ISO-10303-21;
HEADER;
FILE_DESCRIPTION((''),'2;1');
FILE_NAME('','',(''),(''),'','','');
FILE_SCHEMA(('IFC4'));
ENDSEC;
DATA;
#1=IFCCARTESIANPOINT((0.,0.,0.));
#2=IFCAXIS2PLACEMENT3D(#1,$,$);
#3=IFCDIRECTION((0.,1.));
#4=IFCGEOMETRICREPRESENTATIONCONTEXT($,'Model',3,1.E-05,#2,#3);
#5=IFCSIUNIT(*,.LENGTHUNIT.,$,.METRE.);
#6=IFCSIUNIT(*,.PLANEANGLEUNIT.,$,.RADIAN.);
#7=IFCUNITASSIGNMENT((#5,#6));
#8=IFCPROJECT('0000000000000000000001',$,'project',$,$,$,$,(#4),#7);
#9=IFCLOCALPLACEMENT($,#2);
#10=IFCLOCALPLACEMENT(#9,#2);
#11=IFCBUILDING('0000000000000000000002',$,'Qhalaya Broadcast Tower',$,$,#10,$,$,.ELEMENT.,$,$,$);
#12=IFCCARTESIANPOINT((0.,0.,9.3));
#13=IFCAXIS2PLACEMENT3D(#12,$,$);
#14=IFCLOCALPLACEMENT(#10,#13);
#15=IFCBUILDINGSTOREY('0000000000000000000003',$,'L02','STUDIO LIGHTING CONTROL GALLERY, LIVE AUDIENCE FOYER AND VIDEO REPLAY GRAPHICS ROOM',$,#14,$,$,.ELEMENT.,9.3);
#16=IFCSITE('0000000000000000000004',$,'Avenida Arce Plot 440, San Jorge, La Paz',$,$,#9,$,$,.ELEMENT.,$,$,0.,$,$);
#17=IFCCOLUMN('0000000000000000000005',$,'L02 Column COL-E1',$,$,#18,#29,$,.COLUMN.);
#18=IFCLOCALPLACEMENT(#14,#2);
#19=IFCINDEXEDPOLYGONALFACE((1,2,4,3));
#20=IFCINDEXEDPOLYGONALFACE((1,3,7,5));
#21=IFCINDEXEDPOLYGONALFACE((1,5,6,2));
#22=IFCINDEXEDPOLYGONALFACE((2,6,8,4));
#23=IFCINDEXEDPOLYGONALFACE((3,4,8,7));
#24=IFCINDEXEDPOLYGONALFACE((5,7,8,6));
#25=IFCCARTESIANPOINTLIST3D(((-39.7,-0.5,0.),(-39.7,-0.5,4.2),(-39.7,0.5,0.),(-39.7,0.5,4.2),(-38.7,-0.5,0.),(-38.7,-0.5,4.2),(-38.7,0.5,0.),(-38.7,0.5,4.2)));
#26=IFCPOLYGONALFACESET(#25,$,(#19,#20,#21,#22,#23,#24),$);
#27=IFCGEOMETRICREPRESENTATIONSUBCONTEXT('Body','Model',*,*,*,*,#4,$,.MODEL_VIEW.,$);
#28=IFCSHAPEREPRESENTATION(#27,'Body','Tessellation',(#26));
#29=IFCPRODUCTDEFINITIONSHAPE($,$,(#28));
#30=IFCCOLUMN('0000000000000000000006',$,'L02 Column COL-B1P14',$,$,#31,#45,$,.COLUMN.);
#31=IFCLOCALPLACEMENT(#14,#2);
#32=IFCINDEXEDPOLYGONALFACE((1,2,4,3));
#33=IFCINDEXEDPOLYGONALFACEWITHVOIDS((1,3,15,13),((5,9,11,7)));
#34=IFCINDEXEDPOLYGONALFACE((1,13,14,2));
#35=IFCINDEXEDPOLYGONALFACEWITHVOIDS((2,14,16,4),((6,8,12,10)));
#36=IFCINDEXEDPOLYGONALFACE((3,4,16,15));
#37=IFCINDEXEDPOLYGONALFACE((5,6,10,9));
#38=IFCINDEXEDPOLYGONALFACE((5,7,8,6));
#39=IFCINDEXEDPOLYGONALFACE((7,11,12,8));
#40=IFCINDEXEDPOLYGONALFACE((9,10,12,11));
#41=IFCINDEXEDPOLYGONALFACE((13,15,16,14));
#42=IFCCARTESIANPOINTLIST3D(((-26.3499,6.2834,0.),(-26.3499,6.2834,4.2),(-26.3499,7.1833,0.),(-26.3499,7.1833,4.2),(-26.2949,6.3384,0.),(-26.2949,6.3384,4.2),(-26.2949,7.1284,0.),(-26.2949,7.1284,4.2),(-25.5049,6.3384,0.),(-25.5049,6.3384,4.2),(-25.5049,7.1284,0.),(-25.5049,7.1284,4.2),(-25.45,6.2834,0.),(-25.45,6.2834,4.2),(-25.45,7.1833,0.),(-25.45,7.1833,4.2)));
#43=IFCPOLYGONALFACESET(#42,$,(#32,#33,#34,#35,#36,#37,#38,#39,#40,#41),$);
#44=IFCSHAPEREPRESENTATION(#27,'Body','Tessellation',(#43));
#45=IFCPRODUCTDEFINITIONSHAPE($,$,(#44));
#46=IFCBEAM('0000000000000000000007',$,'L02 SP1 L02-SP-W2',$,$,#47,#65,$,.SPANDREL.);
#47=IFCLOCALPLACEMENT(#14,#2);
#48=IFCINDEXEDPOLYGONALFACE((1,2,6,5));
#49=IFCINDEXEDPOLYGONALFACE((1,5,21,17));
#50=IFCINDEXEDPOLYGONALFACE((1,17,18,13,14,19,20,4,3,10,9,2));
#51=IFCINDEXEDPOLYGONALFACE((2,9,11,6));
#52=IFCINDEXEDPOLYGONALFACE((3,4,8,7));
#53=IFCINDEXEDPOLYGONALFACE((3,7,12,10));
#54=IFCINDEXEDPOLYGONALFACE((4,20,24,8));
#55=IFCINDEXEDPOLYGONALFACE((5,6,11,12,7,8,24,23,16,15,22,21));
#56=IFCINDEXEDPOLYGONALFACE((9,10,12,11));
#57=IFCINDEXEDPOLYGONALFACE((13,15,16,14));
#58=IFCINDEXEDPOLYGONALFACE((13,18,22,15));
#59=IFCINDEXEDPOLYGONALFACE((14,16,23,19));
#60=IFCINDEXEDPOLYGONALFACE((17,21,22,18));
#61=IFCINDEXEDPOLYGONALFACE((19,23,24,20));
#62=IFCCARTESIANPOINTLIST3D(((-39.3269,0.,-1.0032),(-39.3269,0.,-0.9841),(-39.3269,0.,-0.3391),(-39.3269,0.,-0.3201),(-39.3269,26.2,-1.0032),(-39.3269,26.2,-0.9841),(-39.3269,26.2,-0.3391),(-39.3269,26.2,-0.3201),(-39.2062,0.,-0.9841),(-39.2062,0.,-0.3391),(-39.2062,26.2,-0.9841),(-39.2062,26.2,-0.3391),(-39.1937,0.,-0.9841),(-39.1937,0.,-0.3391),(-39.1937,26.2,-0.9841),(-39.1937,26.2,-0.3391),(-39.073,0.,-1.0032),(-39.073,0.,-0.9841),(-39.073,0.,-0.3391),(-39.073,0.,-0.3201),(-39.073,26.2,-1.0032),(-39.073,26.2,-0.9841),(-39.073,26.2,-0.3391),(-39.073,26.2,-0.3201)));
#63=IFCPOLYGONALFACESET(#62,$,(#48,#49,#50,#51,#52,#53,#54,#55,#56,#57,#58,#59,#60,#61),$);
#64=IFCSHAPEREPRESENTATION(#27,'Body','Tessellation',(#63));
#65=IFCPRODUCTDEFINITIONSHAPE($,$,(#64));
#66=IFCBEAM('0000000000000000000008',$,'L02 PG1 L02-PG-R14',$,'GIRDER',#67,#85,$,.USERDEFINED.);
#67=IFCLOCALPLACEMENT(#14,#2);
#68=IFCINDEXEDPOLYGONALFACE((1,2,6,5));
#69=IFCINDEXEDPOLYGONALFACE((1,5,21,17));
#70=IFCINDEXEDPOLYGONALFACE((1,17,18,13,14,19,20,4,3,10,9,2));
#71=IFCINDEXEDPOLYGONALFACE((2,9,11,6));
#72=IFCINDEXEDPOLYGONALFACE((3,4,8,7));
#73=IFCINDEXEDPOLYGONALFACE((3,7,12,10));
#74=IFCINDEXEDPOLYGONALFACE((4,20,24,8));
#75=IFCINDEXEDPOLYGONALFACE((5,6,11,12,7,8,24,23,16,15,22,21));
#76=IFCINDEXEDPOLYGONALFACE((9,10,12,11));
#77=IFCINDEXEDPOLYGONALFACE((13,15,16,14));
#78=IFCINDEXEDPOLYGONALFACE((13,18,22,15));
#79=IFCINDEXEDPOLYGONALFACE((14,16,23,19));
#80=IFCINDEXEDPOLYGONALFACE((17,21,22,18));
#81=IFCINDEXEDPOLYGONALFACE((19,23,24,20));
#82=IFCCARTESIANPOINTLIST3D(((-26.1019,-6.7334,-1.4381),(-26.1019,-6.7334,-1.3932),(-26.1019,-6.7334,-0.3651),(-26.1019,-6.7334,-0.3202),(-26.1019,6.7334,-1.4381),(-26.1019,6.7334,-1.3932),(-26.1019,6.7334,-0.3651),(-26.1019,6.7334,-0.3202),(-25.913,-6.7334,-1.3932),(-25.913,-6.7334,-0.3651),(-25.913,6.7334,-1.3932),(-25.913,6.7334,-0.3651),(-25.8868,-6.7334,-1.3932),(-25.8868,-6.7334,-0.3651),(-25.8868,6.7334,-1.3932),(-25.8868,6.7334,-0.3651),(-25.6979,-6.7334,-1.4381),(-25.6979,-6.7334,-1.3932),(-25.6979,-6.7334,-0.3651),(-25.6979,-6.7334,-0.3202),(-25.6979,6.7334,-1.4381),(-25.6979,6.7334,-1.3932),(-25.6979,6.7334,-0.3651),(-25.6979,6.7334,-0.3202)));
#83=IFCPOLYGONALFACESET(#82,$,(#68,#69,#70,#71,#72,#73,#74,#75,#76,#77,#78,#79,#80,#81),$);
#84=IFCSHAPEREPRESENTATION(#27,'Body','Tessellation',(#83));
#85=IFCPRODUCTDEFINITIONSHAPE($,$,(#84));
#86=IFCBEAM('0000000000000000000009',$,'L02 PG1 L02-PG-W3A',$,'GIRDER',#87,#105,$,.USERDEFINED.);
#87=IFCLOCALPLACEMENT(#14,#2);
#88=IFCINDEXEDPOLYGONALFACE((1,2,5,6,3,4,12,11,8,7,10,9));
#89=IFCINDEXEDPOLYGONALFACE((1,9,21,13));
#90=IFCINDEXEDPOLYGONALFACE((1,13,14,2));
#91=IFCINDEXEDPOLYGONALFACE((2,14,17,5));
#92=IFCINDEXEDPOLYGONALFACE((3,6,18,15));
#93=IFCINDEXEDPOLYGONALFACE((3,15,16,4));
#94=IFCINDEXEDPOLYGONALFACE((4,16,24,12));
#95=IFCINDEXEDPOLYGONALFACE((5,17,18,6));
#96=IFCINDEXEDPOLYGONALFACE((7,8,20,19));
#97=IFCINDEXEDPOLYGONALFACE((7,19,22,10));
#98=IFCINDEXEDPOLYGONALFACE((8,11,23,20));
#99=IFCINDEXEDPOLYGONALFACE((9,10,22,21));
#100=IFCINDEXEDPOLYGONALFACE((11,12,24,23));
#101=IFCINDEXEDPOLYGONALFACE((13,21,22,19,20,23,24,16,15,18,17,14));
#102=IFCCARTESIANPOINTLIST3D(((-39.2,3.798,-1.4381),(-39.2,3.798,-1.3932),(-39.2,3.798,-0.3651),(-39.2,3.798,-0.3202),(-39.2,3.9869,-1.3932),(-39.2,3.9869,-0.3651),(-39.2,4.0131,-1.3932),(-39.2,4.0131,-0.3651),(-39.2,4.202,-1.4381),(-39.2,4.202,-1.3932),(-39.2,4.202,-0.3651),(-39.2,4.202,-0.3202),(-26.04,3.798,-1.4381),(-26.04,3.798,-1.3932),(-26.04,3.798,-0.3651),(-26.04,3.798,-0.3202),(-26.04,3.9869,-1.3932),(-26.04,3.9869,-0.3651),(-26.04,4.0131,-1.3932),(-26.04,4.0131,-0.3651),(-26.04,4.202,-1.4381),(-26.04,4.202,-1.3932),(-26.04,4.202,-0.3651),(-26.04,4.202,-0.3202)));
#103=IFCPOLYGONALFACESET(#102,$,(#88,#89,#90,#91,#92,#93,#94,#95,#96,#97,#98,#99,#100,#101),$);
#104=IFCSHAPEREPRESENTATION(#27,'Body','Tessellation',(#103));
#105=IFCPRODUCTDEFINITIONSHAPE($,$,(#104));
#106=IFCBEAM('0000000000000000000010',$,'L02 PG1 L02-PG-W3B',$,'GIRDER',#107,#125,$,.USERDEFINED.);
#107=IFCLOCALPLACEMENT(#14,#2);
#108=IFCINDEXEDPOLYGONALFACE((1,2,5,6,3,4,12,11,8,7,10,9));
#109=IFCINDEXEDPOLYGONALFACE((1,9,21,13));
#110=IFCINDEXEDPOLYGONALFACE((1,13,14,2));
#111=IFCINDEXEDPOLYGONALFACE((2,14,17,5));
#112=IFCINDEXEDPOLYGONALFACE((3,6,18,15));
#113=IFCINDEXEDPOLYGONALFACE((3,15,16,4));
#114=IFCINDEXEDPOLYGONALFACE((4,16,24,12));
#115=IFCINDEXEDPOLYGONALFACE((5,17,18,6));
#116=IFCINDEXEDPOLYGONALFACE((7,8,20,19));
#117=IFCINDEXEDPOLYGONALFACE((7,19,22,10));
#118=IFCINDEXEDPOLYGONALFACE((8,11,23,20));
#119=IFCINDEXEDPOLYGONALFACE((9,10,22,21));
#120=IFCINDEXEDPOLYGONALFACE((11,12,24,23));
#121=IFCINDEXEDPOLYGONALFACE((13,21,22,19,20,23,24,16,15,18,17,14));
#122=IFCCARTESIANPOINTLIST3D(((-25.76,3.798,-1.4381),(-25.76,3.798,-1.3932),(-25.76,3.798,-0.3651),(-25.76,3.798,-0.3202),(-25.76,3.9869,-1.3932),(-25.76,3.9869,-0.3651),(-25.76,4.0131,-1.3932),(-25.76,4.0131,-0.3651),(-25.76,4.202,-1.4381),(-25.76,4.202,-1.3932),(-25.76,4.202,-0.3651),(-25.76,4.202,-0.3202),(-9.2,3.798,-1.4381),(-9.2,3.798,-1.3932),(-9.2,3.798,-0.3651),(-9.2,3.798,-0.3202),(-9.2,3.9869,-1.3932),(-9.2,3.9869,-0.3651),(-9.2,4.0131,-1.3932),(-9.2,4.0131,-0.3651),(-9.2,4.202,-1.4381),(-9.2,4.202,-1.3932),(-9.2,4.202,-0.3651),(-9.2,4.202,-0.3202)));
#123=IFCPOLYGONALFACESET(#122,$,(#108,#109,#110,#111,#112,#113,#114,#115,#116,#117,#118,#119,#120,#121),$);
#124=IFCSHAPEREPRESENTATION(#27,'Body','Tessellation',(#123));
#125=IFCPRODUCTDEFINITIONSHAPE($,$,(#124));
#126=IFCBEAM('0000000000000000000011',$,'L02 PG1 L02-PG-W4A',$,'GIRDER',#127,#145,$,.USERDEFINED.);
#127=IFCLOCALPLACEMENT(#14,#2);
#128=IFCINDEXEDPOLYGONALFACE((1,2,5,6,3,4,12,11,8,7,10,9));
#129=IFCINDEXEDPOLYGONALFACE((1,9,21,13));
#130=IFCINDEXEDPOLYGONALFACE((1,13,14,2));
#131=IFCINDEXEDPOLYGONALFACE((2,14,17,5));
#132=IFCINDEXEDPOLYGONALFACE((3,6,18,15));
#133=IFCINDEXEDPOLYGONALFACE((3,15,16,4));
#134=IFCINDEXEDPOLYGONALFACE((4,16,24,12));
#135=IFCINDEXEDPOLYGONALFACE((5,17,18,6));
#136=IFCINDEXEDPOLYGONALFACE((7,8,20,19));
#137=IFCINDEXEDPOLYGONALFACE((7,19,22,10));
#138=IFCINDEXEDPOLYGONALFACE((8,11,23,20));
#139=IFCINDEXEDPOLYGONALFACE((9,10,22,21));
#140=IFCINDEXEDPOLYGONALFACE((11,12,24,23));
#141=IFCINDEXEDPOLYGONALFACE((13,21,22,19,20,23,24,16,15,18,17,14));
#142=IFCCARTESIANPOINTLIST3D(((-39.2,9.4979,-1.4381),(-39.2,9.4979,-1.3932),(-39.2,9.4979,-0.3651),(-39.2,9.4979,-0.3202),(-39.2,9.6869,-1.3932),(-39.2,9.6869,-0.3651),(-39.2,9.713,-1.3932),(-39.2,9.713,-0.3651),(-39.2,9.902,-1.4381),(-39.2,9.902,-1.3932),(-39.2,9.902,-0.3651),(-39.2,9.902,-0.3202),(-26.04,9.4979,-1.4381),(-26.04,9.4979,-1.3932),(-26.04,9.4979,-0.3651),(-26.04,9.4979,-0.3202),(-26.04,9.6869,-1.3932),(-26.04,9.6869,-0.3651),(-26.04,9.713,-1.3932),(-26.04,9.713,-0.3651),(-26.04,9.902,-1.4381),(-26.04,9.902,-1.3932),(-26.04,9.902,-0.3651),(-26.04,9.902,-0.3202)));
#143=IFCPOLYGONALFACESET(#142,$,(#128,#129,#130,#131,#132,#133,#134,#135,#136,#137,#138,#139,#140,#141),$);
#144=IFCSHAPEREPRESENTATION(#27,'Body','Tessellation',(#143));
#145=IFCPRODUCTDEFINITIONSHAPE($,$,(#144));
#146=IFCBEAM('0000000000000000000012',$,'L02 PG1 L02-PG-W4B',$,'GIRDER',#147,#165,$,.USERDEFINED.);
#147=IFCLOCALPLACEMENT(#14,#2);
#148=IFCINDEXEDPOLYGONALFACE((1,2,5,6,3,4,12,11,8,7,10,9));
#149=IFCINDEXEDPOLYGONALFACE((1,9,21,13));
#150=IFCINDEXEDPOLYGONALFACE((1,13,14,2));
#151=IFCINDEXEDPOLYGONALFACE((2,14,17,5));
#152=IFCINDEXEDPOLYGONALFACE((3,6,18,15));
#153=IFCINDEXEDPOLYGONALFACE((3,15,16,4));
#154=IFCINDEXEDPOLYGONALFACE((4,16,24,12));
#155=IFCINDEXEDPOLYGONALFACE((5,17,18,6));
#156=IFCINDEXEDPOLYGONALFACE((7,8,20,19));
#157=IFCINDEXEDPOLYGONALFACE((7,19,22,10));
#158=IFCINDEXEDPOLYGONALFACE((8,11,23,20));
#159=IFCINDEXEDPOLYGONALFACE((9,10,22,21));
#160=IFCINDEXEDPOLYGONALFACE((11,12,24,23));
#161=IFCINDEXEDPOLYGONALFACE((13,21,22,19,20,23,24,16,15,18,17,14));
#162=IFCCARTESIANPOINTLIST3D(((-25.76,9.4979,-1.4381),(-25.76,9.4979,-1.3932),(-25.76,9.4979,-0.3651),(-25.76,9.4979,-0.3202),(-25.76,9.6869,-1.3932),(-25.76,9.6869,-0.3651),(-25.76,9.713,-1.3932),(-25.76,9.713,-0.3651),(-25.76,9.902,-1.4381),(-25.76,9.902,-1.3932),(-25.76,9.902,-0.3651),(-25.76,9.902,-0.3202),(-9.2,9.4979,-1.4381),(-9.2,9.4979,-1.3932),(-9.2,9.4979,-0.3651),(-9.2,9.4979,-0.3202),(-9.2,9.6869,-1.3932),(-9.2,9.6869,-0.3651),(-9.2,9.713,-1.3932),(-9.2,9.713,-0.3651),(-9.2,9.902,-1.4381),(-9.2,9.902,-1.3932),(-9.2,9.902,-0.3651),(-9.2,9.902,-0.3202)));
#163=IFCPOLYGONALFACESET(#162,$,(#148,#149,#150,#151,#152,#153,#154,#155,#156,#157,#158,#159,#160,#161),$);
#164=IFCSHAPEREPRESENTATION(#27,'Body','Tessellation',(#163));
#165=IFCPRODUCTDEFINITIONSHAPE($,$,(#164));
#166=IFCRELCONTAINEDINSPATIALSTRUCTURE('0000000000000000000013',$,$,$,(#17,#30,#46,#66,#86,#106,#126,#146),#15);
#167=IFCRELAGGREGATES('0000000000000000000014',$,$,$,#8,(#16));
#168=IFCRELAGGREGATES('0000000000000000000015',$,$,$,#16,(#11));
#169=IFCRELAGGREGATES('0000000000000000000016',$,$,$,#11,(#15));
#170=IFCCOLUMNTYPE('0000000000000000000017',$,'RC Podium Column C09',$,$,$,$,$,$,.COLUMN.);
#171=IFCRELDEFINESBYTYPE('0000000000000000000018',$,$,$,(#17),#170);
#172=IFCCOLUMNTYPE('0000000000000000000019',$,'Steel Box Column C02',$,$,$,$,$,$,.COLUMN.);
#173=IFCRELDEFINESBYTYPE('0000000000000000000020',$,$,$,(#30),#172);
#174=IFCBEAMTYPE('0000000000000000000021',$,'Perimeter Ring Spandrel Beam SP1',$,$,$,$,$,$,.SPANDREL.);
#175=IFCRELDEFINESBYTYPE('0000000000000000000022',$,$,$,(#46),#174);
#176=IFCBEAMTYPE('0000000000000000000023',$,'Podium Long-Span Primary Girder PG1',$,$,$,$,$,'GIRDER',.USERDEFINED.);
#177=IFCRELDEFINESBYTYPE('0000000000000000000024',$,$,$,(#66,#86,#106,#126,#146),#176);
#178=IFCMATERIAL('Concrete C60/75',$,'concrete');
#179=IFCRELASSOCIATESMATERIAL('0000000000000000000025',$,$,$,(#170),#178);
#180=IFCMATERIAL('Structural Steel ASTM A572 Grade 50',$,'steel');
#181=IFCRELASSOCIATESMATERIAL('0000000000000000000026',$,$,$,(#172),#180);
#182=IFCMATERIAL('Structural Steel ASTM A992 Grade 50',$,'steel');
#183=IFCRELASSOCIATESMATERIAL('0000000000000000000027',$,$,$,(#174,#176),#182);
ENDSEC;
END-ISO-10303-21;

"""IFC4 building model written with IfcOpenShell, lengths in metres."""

from ifc_helpers import new_model, si_unit, direction, frame, origin, origin_2d, place, context, subcontext, project, spatial, rectangle, hollow_rectangle, i_section, extrude, material, material_profile, profile_set, type_object, element, save


model = new_model("IFC4")

# Units and contexts
model_context = context("Model", 3, precision=1e-05, world=origin(), true_north=direction((0.0, 1.0)))
body_context = subcontext(model_context, "Body", "Model", "MODEL_VIEW")
ifc_project = project(units=[si_unit("LENGTHUNIT", "METRE"), si_unit("PLANEANGLEUNIT", "RADIAN")], contexts=[model_context])

# Site, building, storey
site_placement = place(None, origin())
site = spatial("IfcSite", under=ifc_project, at=site_placement, Name="Avenida Arce Plot 440, San Jorge, La Paz", CompositionType="ELEMENT", RefElevation=0.0)
building_placement = place(site_placement, origin())
building = spatial("IfcBuilding", under=site, at=building_placement, Name="Qhalaya Broadcast Tower", CompositionType="ELEMENT")
storey_placement = place(building_placement, frame((0.0, 0.0, 9.3)))
storey = spatial("IfcBuildingStorey", under=building, at=storey_placement, Name="L02", Description="STUDIO LIGHTING CONTROL GALLERY, LIVE AUDIENCE FOYER AND VIDEO REPLAY GRAPHICS ROOM", CompositionType="ELEMENT", Elevation=9.3)

# Columns
ifc_material_1 = material(Name="Concrete C60/75", Category="concrete")
ifc_material_profile_1 = material_profile(ifc_material_1, rectangle(XDim=1.0, YDim=1.0, at=origin_2d()), Name="RC-COL 1000x1000")
ifc_profile_set_1 = profile_set([ifc_material_profile_1], Name="Concrete C60/75")
column_type_1 = type_object("IfcColumnType", Name="RC Podium Column C09", PredefinedType="COLUMN", material=ifc_profile_set_1)
column_1_placement = place(storey_placement, frame((-39.2, 0.0, 0.0), z_axis=(0.0, 0.0, 1.0), x_axis=(1.0, 0.0, 0.0)))
element("IfcColumn", 1, at=column_1_placement, inside=storey, type_object=column_type_1, Name="L02 Column COL-E1", PredefinedType="COLUMN", context=body_context, shape_type="SweptSolid", body=[
    extrude(rectangle(XDim=1.0, YDim=1.0, at=origin_2d()), origin(), (0.0, 0.0, 1.0), 4.2),
])
ifc_material_2 = material(Name="Structural Steel ASTM A572 Grade 50", Category="steel")
ifc_material_profile_2 = material_profile(ifc_material_2, hollow_rectangle(XDim=0.8999, YDim=0.8999, WallThickness=0.0549, at=origin_2d()), Name="BOX 900x900x55")
ifc_profile_set_2 = profile_set([ifc_material_profile_2], Name="Structural Steel ASTM A572 Grade 50")
column_type_2 = type_object("IfcColumnType", Name="Steel Box Column C02", PredefinedType="COLUMN", material=ifc_profile_set_2)
column_2_placement = place(storey_placement, frame((-25.8999, 6.7334, 0.0), z_axis=(0.0, 0.0, 1.0), x_axis=(0.0, 1.0, 0.0)))
element("IfcColumn", 2, at=column_2_placement, inside=storey, type_object=column_type_2, Name="L02 Column COL-B1P14", PredefinedType="COLUMN", context=body_context, shape_type="SweptSolid", body=[
    extrude(hollow_rectangle(XDim=0.8999, YDim=0.8999, WallThickness=0.0549, at=origin_2d()), origin(), (0.0, 0.0, 1.0), 4.2),
])

# Beams
ifc_material_3 = material(Name="Structural Steel ASTM A992 Grade 50", Category="steel")
ifc_material_profile_3 = material_profile(ifc_material_3, i_section(OverallWidth=0.2539, OverallDepth=0.6831, WebThickness=0.0125, FlangeThickness=0.019, at=origin_2d()), Name="W27X94")
ifc_profile_set_3 = profile_set([ifc_material_profile_3], Name="Structural Steel ASTM A992 Grade 50")
beam_type_1 = type_object("IfcBeamType", Name="Perimeter Ring Spandrel Beam SP1", PredefinedType="SPANDREL", material=ifc_profile_set_3)
beam_1_placement = place(storey_placement, frame((-39.2, 0.0, -0.6616), z_axis=(0.0, 1.0, 0.0), x_axis=(-1.0, 0.0, 0.0)))
element("IfcBeam", 3, at=beam_1_placement, inside=storey, type_object=beam_type_1, Name="L02 SP1 L02-SP-W2", PredefinedType="SPANDREL", context=body_context, shape_type="SweptSolid", body=[
    extrude(i_section(OverallWidth=0.2539, OverallDepth=0.6831, WebThickness=0.0125, FlangeThickness=0.019, at=origin_2d()), origin(), (0.0, 0.0, 1.0), 26.2),
])
ifc_material_profile_4 = material_profile(ifc_material_3, i_section(OverallWidth=0.4041, OverallDepth=1.1179, WebThickness=0.0261, FlangeThickness=0.0449, at=origin_2d()), Name="W44X335")
ifc_profile_set_4 = profile_set([ifc_material_profile_4], Name="Structural Steel ASTM A992 Grade 50")
beam_type_2 = type_object("IfcBeamType", Name="Podium Long-Span Primary Girder PG1", ElementType="GIRDER", PredefinedType="USERDEFINED", material=ifc_profile_set_4)
beam_2_placement = place(storey_placement, frame((-25.8999, 6.7334, -0.8792), z_axis=(0.0, -1.0, 0.0), x_axis=(1.0, 0.0, 0.0)))
element("IfcBeam", 4, at=beam_2_placement, inside=storey, type_object=beam_type_2, Name="L02 PG1 L02-PG-R14", ObjectType="GIRDER", PredefinedType="USERDEFINED", context=body_context, shape_type="SweptSolid", body=[
    extrude(i_section(OverallWidth=0.4041, OverallDepth=1.1179, WebThickness=0.0261, FlangeThickness=0.0449, at=origin_2d()), origin(), (0.0, 0.0, 1.0), 13.4668),
])
beam_3_placement = place(storey_placement, frame((-39.2, 4.0, -0.8792), z_axis=(1.0, 0.0, 0.0), x_axis=(0.0, 1.0, 0.0)))
element("IfcBeam", 5, at=beam_3_placement, inside=storey, type_object=beam_type_2, Name="L02 PG1 L02-PG-W3A", ObjectType="GIRDER", PredefinedType="USERDEFINED", context=body_context, shape_type="SweptSolid", body=[
    extrude(i_section(OverallWidth=0.4041, OverallDepth=1.1179, WebThickness=0.0261, FlangeThickness=0.0449, at=origin_2d()), origin(), (0.0, 0.0, 1.0), 13.1599),
])
beam_4_placement = place(storey_placement, frame((-25.76, 4.0, -0.8792), z_axis=(1.0, 0.0, 0.0), x_axis=(0.0, 1.0, 0.0)))
element("IfcBeam", 6, at=beam_4_placement, inside=storey, type_object=beam_type_2, Name="L02 PG1 L02-PG-W3B", ObjectType="GIRDER", PredefinedType="USERDEFINED", context=body_context, shape_type="SweptSolid", body=[
    extrude(i_section(OverallWidth=0.4041, OverallDepth=1.1179, WebThickness=0.0261, FlangeThickness=0.0449, at=origin_2d()), origin(), (0.0, 0.0, 1.0), 16.5601),
])
beam_5_placement = place(storey_placement, frame((-39.2, 9.7, -0.8792), z_axis=(1.0, 0.0, 0.0), x_axis=(0.0, 1.0, 0.0)))
element("IfcBeam", 7, at=beam_5_placement, inside=storey, type_object=beam_type_2, Name="L02 PG1 L02-PG-W4A", ObjectType="GIRDER", PredefinedType="USERDEFINED", context=body_context, shape_type="SweptSolid", body=[
    extrude(i_section(OverallWidth=0.4041, OverallDepth=1.1179, WebThickness=0.0261, FlangeThickness=0.0449, at=origin_2d()), origin(), (0.0, 0.0, 1.0), 13.1599),
])
beam_6_placement = place(storey_placement, frame((-25.76, 9.7, -0.8792), z_axis=(1.0, 0.0, 0.0), x_axis=(0.0, 1.0, 0.0)))
element("IfcBeam", 8, at=beam_6_placement, inside=storey, type_object=beam_type_2, Name="L02 PG1 L02-PG-W4B", ObjectType="GIRDER", PredefinedType="USERDEFINED", context=body_context, shape_type="SweptSolid", body=[
    extrude(i_section(OverallWidth=0.4041, OverallDepth=1.1179, WebThickness=0.0261, FlangeThickness=0.0449, at=origin_2d()), origin(), (0.0, 0.0, 1.0), 16.5601),
])

save(model, "model.ifc")
